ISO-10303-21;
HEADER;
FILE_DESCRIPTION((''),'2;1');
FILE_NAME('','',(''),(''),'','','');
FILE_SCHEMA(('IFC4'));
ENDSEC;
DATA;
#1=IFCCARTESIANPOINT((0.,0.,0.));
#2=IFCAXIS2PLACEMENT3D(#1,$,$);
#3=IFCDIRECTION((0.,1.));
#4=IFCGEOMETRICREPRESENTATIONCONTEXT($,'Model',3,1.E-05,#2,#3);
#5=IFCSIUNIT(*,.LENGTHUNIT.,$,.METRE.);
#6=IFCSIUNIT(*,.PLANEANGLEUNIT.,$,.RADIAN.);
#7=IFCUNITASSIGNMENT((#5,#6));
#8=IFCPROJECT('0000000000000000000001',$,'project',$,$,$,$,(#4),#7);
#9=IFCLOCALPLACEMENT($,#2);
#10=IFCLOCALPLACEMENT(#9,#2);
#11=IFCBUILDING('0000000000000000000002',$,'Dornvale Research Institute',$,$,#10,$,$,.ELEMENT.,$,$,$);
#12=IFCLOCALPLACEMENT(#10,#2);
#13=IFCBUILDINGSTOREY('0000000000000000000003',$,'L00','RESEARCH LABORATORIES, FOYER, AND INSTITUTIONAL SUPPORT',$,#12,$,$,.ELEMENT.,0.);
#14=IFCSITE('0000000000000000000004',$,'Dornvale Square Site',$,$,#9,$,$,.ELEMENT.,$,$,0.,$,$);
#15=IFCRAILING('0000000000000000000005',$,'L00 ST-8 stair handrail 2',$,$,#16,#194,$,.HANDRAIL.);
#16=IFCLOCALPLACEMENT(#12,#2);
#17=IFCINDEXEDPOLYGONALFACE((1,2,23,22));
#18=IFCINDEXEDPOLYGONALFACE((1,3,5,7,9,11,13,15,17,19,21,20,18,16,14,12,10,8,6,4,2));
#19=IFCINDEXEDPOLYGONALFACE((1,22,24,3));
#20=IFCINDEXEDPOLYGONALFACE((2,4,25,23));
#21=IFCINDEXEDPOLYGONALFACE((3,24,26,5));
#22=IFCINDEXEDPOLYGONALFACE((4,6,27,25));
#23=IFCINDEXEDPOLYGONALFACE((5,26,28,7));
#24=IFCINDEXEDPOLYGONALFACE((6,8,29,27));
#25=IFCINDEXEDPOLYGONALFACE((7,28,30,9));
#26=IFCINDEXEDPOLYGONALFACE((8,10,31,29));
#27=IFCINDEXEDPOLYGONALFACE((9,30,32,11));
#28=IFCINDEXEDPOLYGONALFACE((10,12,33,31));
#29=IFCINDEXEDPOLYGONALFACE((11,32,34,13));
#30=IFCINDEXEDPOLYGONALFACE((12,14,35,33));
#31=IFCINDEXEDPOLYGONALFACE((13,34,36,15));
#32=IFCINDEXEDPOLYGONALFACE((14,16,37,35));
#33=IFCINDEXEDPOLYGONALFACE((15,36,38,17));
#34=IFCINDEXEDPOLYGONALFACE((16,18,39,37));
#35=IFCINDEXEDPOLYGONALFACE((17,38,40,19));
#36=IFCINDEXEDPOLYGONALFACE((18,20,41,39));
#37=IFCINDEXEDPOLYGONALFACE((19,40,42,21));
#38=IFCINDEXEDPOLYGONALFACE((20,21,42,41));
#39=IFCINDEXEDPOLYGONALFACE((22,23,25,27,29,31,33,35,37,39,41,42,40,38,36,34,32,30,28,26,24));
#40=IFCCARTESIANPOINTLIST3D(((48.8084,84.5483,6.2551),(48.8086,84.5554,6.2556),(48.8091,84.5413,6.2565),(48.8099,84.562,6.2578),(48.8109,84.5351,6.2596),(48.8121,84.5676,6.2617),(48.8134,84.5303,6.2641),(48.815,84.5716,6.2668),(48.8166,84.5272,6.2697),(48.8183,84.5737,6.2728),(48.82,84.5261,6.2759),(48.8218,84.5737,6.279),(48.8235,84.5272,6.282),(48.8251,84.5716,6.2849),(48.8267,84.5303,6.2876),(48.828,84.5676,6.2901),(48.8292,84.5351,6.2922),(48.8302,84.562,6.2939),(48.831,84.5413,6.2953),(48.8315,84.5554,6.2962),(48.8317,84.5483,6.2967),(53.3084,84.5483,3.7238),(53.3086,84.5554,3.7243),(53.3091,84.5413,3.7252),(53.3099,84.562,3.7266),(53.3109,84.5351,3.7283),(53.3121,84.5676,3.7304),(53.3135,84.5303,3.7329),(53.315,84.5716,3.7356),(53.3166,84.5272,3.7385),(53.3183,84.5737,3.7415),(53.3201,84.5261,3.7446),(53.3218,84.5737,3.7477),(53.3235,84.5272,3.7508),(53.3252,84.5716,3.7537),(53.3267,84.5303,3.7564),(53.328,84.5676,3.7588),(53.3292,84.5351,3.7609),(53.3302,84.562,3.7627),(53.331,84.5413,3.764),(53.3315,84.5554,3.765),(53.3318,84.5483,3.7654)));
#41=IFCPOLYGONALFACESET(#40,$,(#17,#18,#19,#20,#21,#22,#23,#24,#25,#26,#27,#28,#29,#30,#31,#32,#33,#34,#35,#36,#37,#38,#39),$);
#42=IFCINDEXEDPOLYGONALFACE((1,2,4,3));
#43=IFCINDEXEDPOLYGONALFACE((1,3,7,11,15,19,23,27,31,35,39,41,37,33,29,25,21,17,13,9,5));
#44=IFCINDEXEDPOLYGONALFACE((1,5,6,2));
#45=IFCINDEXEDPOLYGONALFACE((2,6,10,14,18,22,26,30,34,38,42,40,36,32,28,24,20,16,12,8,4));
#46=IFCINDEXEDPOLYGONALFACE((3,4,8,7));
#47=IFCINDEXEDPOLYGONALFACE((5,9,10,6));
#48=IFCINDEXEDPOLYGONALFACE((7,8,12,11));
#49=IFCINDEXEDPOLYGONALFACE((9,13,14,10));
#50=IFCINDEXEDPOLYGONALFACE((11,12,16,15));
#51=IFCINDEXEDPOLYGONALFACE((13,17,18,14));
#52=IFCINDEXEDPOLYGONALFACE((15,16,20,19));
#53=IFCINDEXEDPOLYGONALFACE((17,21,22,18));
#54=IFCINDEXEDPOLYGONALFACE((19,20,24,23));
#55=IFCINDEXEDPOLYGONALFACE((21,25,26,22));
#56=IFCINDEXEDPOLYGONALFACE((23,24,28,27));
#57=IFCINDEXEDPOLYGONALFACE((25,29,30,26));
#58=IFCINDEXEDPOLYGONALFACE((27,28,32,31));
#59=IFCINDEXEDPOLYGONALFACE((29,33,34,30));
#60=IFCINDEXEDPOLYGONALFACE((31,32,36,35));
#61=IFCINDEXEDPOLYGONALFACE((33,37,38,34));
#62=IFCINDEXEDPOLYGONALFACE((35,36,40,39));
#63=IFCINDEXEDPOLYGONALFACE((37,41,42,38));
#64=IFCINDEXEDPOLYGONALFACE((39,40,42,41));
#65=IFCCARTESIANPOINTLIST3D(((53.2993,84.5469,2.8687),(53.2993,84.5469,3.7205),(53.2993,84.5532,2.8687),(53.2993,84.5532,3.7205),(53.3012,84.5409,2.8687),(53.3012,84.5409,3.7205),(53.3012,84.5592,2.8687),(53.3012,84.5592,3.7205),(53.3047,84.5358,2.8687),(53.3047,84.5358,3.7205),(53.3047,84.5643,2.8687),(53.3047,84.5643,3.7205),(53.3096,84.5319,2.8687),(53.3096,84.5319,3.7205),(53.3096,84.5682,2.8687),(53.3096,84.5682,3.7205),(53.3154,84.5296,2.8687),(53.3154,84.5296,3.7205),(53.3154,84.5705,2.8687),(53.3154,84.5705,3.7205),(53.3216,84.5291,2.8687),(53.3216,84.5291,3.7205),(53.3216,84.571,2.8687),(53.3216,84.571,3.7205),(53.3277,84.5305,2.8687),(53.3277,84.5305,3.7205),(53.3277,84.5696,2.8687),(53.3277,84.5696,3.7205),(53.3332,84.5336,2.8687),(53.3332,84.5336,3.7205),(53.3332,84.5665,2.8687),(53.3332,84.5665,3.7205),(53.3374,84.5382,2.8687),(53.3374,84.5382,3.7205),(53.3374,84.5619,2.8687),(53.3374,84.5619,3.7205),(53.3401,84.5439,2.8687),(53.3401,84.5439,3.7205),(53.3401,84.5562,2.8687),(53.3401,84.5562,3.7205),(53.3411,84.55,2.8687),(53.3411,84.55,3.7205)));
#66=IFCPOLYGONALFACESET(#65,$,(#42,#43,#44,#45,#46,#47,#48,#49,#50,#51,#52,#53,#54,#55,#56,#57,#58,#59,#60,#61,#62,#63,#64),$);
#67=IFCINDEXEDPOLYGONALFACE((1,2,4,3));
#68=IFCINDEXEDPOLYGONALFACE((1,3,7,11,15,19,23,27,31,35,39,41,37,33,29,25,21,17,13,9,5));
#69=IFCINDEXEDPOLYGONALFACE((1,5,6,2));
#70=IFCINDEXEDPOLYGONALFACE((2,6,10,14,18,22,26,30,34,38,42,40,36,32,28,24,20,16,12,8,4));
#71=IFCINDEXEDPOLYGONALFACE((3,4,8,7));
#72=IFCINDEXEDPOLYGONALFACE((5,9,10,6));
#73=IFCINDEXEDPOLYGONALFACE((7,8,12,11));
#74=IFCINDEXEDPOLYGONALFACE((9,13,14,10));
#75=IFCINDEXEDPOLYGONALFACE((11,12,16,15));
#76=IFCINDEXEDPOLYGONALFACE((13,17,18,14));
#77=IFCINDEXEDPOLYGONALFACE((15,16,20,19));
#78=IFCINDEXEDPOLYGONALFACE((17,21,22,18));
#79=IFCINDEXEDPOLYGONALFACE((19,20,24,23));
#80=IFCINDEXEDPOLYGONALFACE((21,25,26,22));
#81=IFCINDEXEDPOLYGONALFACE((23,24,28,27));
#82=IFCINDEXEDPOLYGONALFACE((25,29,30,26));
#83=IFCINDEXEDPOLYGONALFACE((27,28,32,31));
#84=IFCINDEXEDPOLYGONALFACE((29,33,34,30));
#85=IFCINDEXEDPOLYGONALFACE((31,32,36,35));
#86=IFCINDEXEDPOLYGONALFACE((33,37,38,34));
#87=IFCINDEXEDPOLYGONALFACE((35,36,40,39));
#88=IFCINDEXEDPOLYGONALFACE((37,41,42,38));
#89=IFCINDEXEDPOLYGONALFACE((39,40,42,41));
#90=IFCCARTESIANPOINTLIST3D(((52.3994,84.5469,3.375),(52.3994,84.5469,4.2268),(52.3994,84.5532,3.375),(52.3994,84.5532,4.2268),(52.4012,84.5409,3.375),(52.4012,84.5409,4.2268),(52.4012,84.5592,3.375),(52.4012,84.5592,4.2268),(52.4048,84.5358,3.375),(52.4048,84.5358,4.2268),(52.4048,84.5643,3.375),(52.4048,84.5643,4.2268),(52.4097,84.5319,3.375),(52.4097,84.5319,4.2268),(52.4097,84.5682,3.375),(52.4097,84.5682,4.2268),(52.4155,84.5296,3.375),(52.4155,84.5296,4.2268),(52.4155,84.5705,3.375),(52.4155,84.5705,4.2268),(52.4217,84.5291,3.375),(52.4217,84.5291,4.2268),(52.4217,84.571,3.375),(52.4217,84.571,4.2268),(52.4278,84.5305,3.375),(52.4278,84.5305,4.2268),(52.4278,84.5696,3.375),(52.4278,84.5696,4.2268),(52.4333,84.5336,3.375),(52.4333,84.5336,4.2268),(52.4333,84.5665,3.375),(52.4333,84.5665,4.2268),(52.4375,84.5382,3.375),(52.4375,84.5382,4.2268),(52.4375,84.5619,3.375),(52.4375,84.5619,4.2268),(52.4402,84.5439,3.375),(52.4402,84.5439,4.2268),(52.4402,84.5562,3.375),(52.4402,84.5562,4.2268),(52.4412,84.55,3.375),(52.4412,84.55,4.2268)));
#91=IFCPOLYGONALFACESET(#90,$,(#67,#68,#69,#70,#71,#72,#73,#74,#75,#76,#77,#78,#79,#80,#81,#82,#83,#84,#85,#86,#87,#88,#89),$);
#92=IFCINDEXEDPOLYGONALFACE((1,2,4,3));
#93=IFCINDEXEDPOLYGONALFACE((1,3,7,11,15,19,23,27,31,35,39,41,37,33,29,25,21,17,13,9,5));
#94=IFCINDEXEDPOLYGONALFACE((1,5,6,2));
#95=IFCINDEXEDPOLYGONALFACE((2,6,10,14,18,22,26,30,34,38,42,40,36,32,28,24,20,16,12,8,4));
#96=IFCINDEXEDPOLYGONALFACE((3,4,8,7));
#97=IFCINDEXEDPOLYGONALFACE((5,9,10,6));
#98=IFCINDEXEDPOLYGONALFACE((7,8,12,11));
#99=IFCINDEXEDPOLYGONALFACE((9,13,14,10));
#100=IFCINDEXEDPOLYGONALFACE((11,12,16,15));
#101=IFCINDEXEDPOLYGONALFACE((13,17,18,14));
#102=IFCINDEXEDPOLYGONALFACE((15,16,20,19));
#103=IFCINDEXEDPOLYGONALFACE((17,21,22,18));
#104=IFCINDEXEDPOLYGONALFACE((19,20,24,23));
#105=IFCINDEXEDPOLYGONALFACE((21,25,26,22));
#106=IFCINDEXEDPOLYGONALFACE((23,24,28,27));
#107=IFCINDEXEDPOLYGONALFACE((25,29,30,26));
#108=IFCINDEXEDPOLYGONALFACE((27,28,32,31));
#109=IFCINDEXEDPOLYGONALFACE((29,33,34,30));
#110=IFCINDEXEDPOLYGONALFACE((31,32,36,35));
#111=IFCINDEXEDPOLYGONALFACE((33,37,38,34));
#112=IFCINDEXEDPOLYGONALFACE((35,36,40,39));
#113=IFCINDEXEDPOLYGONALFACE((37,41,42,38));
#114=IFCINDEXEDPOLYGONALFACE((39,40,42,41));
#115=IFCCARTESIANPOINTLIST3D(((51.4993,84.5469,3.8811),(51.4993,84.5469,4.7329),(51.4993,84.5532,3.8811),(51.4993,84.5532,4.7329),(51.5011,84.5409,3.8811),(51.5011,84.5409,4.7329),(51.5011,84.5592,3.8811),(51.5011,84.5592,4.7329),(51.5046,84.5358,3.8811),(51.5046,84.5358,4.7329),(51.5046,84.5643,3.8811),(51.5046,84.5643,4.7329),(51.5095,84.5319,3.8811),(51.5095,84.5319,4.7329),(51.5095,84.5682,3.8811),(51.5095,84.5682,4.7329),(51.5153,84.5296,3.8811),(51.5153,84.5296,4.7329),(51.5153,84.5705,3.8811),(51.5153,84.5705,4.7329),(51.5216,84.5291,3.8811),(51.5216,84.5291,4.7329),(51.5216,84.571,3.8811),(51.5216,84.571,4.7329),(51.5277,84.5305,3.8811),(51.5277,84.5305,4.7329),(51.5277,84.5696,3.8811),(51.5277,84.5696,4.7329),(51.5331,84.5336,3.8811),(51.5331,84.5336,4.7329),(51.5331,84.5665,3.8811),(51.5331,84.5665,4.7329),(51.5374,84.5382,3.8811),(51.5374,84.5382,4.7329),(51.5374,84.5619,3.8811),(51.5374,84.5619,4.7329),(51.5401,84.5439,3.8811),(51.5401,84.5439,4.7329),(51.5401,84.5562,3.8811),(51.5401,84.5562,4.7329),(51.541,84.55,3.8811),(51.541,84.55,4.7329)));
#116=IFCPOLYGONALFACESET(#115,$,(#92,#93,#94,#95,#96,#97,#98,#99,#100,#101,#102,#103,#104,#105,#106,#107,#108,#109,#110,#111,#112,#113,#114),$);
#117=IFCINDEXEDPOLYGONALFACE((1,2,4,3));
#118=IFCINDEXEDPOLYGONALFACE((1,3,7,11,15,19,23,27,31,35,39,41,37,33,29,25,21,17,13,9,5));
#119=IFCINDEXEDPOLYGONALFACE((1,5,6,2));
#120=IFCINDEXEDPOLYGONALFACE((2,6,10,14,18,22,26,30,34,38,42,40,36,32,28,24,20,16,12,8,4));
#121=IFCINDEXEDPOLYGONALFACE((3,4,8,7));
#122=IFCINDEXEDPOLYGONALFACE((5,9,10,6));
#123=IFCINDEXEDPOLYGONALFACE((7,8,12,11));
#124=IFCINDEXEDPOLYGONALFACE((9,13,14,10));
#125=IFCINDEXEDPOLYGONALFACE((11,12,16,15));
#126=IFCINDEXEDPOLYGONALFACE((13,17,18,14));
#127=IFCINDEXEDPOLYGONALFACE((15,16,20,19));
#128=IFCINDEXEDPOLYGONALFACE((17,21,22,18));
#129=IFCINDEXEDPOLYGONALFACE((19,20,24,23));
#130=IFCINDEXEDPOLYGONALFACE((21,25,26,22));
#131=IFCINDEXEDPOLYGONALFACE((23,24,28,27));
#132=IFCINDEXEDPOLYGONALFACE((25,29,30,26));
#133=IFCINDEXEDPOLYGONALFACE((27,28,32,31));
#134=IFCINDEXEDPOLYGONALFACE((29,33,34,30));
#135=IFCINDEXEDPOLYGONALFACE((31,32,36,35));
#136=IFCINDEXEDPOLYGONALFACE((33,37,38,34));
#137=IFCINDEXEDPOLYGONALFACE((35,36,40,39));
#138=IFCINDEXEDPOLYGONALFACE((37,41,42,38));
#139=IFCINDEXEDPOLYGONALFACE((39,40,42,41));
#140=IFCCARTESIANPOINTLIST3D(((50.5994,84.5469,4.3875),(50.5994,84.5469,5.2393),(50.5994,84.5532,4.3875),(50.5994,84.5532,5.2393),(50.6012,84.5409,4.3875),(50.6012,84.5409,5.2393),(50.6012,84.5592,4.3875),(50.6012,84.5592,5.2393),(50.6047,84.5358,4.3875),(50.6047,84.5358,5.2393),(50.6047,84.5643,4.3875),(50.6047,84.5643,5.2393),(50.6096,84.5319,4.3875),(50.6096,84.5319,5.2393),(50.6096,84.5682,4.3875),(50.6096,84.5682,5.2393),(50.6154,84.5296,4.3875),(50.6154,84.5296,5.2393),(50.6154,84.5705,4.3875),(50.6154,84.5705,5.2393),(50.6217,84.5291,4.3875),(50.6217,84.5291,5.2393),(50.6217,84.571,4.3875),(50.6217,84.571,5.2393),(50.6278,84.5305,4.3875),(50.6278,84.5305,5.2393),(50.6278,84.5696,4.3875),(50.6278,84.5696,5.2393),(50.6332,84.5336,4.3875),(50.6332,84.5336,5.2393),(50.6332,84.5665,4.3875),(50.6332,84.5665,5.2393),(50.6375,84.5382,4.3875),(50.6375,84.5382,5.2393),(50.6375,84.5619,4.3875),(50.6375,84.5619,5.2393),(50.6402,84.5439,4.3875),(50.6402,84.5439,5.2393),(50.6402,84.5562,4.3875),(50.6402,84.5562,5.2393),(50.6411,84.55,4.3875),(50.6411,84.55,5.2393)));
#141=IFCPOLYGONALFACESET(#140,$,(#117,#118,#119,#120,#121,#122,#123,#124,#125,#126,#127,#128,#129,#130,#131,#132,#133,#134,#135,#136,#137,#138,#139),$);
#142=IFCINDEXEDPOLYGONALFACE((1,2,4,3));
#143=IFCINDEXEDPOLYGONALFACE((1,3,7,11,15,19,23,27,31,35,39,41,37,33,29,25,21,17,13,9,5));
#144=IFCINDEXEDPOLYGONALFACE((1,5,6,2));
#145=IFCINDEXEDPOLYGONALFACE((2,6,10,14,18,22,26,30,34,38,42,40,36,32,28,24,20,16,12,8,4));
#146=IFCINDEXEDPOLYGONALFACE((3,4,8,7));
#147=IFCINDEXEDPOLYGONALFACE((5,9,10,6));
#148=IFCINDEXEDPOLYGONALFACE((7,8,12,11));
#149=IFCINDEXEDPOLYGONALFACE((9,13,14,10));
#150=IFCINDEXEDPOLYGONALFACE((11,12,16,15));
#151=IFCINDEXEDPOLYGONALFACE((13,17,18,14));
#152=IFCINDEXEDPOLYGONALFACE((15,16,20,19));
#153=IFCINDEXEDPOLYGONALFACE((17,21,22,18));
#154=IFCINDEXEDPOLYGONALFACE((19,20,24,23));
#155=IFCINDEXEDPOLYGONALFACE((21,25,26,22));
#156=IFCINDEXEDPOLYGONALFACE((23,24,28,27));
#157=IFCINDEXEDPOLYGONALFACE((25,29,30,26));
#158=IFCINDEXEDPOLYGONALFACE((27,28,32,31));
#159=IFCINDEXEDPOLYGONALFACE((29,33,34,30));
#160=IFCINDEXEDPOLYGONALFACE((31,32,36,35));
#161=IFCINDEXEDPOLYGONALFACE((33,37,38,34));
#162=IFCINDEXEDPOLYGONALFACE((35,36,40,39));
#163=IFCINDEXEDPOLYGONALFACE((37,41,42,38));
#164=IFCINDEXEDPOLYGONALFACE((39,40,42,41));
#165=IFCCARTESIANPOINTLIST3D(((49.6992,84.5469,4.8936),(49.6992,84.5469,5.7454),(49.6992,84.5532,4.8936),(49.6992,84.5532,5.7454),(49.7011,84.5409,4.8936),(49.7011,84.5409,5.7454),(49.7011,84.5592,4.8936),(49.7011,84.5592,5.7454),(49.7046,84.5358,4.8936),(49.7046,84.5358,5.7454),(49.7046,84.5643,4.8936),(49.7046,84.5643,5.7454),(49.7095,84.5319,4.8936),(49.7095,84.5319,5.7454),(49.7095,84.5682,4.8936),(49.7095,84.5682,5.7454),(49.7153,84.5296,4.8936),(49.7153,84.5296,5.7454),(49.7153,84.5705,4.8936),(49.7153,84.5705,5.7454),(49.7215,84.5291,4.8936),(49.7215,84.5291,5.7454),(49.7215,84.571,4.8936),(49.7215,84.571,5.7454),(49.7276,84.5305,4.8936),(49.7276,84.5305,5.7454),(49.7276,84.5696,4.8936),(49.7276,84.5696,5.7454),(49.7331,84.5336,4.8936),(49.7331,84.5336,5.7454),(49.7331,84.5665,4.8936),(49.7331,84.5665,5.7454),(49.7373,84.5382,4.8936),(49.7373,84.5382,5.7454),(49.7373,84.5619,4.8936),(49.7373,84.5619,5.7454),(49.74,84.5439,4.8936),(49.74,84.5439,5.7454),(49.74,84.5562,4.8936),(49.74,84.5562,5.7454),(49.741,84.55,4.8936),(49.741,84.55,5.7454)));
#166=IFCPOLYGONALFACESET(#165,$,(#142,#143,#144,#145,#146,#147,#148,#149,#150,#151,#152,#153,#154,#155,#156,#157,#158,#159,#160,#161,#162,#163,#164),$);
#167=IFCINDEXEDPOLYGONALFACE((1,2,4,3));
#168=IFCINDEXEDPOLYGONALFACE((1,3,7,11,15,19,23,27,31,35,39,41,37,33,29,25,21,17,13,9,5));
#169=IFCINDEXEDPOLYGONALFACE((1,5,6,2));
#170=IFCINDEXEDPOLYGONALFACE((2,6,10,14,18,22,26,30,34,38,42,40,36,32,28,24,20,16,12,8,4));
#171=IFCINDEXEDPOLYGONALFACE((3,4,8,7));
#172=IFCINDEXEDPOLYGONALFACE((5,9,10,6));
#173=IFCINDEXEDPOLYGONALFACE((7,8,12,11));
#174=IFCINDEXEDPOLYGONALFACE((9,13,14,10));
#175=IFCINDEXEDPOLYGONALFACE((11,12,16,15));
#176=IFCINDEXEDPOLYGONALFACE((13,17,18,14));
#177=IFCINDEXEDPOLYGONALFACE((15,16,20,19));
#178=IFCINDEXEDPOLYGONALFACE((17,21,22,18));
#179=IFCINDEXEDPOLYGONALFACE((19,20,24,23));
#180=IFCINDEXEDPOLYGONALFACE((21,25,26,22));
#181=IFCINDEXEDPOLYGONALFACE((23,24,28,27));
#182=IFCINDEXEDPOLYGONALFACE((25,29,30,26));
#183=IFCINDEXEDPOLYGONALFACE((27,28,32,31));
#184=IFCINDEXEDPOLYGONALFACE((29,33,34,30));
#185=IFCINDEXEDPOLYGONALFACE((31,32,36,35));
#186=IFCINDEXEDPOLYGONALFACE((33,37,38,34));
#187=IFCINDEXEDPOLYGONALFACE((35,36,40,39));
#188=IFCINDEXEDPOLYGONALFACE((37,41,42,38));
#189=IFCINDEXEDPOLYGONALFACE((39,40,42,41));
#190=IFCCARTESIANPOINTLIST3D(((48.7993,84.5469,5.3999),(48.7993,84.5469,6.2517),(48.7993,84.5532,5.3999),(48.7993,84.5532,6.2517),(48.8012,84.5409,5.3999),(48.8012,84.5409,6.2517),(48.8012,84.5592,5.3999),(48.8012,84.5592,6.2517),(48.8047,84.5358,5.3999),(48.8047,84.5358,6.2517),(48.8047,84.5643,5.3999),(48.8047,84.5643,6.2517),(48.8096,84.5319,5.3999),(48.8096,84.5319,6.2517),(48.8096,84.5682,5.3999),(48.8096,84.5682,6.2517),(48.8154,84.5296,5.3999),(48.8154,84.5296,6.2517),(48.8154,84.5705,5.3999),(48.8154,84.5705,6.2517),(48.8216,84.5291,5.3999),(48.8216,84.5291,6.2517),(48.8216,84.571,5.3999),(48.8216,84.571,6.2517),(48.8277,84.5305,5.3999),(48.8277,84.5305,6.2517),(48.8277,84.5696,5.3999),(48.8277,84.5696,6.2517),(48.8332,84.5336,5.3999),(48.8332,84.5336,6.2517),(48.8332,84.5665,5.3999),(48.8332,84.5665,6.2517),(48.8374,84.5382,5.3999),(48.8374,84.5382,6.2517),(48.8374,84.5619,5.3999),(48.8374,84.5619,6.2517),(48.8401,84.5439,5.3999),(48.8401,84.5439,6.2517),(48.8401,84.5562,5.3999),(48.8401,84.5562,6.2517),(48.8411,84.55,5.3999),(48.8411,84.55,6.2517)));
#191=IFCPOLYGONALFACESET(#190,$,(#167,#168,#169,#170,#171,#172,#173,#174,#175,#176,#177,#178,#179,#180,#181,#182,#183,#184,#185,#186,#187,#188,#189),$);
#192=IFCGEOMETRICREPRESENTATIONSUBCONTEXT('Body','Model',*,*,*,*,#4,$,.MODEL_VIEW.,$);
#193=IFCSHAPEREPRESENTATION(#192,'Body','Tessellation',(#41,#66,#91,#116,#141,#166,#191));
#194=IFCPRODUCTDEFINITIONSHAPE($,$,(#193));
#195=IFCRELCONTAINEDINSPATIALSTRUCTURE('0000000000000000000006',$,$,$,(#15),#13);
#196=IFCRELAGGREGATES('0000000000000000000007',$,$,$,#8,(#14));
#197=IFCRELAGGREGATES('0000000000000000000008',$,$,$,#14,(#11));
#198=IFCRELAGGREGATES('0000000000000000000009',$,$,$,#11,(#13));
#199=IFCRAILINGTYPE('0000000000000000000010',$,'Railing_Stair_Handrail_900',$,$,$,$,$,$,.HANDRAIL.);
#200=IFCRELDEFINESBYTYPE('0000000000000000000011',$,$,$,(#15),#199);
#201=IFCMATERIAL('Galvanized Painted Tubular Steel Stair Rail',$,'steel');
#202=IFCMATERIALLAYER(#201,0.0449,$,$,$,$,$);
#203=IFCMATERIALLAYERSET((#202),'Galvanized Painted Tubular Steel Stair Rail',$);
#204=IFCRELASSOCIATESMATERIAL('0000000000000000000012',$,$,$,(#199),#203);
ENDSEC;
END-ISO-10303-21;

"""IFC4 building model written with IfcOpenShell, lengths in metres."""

from ifc_helpers import new_model, si_unit, direction, frame, origin, origin_2d, place, context, subcontext, project, spatial, circle, extrude, material, layer, layer_set, type_object, element, save


model = new_model("IFC4")

# Units and contexts
model_context = context("Model", 3, precision=1e-05, world=origin(), true_north=direction((0.0, 1.0)))
body_context = subcontext(model_context, "Body", "Model", "MODEL_VIEW")
ifc_project = project(units=[si_unit("LENGTHUNIT", "METRE"), si_unit("PLANEANGLEUNIT", "RADIAN")], contexts=[model_context])

# Site, building, storey
site_placement = place(None, origin())
site = spatial("IfcSite", under=ifc_project, at=site_placement, Name="Dornvale Square Site", CompositionType="ELEMENT", RefElevation=0.0)
building_placement = place(site_placement, origin())
building = spatial("IfcBuilding", under=site, at=building_placement, Name="Dornvale Research Institute", CompositionType="ELEMENT")
storey_placement = place(building_placement, origin())
storey = spatial("IfcBuildingStorey", under=building, at=storey_placement, Name="L00", Description="RESEARCH LABORATORIES, FOYER, AND INSTITUTIONAL SUPPORT", CompositionType="ELEMENT", Elevation=0.0)

# Railing
ifc_material_1 = material(Name="Galvanized Painted Tubular Steel Stair Rail", Category="steel")
ifc_layer_1 = layer(ifc_material_1, 0.0449)
ifc_layer_set_1 = layer_set([ifc_layer_1], Name="Galvanized Painted Tubular Steel Stair Rail")
railing_type_1 = type_object("IfcRailingType", Name="Railing_Stair_Handrail_900", PredefinedType="HANDRAIL", material=ifc_layer_set_1)
railing_1_placement = place(storey_placement, frame((53.3201, 84.55, 2.8687)))
element("IfcRailing", 1, at=railing_1_placement, inside=storey, type_object=railing_type_1, Name="L00 ST-8 stair handrail 2", PredefinedType="HANDRAIL", context=body_context, shape_type="SweptSolid", body=[
    extrude(circle(Radius=0.0239, at=origin_2d()), frame((0.0, 0.0, 0.876), z_axis=(-0.871576, 0.0, 0.490261), x_axis=(0.0, -1.0, 0.0)), (0.0, 0.0, 1.0), 5.1631),
    extrude(circle(Radius=0.021, at=origin_2d()), origin(), (0.0, 0.0, 1.0), 0.8518),
    extrude(circle(Radius=0.021, at=origin_2d()), frame((-0.8999, 0.0, 0.5063)), (0.0, 0.0, 1.0), 0.8518),
    extrude(circle(Radius=0.021, at=origin_2d()), frame((-1.8, 0.0, 1.0125)), (0.0, 0.0, 1.0), 0.8518),
    extrude(circle(Radius=0.021, at=origin_2d()), frame((-2.7, 0.0, 1.5188)), (0.0, 0.0, 1.0), 0.8518),
    extrude(circle(Radius=0.021, at=origin_2d()), frame((-3.6001, 0.0, 2.0249)), (0.0, 0.0, 1.0), 0.8518),
    extrude(circle(Radius=0.021, at=origin_2d()), frame((-4.5, 0.0, 2.5312)), (0.0, 0.0, 1.0), 0.8518),
])

save(model, "model.ifc")
